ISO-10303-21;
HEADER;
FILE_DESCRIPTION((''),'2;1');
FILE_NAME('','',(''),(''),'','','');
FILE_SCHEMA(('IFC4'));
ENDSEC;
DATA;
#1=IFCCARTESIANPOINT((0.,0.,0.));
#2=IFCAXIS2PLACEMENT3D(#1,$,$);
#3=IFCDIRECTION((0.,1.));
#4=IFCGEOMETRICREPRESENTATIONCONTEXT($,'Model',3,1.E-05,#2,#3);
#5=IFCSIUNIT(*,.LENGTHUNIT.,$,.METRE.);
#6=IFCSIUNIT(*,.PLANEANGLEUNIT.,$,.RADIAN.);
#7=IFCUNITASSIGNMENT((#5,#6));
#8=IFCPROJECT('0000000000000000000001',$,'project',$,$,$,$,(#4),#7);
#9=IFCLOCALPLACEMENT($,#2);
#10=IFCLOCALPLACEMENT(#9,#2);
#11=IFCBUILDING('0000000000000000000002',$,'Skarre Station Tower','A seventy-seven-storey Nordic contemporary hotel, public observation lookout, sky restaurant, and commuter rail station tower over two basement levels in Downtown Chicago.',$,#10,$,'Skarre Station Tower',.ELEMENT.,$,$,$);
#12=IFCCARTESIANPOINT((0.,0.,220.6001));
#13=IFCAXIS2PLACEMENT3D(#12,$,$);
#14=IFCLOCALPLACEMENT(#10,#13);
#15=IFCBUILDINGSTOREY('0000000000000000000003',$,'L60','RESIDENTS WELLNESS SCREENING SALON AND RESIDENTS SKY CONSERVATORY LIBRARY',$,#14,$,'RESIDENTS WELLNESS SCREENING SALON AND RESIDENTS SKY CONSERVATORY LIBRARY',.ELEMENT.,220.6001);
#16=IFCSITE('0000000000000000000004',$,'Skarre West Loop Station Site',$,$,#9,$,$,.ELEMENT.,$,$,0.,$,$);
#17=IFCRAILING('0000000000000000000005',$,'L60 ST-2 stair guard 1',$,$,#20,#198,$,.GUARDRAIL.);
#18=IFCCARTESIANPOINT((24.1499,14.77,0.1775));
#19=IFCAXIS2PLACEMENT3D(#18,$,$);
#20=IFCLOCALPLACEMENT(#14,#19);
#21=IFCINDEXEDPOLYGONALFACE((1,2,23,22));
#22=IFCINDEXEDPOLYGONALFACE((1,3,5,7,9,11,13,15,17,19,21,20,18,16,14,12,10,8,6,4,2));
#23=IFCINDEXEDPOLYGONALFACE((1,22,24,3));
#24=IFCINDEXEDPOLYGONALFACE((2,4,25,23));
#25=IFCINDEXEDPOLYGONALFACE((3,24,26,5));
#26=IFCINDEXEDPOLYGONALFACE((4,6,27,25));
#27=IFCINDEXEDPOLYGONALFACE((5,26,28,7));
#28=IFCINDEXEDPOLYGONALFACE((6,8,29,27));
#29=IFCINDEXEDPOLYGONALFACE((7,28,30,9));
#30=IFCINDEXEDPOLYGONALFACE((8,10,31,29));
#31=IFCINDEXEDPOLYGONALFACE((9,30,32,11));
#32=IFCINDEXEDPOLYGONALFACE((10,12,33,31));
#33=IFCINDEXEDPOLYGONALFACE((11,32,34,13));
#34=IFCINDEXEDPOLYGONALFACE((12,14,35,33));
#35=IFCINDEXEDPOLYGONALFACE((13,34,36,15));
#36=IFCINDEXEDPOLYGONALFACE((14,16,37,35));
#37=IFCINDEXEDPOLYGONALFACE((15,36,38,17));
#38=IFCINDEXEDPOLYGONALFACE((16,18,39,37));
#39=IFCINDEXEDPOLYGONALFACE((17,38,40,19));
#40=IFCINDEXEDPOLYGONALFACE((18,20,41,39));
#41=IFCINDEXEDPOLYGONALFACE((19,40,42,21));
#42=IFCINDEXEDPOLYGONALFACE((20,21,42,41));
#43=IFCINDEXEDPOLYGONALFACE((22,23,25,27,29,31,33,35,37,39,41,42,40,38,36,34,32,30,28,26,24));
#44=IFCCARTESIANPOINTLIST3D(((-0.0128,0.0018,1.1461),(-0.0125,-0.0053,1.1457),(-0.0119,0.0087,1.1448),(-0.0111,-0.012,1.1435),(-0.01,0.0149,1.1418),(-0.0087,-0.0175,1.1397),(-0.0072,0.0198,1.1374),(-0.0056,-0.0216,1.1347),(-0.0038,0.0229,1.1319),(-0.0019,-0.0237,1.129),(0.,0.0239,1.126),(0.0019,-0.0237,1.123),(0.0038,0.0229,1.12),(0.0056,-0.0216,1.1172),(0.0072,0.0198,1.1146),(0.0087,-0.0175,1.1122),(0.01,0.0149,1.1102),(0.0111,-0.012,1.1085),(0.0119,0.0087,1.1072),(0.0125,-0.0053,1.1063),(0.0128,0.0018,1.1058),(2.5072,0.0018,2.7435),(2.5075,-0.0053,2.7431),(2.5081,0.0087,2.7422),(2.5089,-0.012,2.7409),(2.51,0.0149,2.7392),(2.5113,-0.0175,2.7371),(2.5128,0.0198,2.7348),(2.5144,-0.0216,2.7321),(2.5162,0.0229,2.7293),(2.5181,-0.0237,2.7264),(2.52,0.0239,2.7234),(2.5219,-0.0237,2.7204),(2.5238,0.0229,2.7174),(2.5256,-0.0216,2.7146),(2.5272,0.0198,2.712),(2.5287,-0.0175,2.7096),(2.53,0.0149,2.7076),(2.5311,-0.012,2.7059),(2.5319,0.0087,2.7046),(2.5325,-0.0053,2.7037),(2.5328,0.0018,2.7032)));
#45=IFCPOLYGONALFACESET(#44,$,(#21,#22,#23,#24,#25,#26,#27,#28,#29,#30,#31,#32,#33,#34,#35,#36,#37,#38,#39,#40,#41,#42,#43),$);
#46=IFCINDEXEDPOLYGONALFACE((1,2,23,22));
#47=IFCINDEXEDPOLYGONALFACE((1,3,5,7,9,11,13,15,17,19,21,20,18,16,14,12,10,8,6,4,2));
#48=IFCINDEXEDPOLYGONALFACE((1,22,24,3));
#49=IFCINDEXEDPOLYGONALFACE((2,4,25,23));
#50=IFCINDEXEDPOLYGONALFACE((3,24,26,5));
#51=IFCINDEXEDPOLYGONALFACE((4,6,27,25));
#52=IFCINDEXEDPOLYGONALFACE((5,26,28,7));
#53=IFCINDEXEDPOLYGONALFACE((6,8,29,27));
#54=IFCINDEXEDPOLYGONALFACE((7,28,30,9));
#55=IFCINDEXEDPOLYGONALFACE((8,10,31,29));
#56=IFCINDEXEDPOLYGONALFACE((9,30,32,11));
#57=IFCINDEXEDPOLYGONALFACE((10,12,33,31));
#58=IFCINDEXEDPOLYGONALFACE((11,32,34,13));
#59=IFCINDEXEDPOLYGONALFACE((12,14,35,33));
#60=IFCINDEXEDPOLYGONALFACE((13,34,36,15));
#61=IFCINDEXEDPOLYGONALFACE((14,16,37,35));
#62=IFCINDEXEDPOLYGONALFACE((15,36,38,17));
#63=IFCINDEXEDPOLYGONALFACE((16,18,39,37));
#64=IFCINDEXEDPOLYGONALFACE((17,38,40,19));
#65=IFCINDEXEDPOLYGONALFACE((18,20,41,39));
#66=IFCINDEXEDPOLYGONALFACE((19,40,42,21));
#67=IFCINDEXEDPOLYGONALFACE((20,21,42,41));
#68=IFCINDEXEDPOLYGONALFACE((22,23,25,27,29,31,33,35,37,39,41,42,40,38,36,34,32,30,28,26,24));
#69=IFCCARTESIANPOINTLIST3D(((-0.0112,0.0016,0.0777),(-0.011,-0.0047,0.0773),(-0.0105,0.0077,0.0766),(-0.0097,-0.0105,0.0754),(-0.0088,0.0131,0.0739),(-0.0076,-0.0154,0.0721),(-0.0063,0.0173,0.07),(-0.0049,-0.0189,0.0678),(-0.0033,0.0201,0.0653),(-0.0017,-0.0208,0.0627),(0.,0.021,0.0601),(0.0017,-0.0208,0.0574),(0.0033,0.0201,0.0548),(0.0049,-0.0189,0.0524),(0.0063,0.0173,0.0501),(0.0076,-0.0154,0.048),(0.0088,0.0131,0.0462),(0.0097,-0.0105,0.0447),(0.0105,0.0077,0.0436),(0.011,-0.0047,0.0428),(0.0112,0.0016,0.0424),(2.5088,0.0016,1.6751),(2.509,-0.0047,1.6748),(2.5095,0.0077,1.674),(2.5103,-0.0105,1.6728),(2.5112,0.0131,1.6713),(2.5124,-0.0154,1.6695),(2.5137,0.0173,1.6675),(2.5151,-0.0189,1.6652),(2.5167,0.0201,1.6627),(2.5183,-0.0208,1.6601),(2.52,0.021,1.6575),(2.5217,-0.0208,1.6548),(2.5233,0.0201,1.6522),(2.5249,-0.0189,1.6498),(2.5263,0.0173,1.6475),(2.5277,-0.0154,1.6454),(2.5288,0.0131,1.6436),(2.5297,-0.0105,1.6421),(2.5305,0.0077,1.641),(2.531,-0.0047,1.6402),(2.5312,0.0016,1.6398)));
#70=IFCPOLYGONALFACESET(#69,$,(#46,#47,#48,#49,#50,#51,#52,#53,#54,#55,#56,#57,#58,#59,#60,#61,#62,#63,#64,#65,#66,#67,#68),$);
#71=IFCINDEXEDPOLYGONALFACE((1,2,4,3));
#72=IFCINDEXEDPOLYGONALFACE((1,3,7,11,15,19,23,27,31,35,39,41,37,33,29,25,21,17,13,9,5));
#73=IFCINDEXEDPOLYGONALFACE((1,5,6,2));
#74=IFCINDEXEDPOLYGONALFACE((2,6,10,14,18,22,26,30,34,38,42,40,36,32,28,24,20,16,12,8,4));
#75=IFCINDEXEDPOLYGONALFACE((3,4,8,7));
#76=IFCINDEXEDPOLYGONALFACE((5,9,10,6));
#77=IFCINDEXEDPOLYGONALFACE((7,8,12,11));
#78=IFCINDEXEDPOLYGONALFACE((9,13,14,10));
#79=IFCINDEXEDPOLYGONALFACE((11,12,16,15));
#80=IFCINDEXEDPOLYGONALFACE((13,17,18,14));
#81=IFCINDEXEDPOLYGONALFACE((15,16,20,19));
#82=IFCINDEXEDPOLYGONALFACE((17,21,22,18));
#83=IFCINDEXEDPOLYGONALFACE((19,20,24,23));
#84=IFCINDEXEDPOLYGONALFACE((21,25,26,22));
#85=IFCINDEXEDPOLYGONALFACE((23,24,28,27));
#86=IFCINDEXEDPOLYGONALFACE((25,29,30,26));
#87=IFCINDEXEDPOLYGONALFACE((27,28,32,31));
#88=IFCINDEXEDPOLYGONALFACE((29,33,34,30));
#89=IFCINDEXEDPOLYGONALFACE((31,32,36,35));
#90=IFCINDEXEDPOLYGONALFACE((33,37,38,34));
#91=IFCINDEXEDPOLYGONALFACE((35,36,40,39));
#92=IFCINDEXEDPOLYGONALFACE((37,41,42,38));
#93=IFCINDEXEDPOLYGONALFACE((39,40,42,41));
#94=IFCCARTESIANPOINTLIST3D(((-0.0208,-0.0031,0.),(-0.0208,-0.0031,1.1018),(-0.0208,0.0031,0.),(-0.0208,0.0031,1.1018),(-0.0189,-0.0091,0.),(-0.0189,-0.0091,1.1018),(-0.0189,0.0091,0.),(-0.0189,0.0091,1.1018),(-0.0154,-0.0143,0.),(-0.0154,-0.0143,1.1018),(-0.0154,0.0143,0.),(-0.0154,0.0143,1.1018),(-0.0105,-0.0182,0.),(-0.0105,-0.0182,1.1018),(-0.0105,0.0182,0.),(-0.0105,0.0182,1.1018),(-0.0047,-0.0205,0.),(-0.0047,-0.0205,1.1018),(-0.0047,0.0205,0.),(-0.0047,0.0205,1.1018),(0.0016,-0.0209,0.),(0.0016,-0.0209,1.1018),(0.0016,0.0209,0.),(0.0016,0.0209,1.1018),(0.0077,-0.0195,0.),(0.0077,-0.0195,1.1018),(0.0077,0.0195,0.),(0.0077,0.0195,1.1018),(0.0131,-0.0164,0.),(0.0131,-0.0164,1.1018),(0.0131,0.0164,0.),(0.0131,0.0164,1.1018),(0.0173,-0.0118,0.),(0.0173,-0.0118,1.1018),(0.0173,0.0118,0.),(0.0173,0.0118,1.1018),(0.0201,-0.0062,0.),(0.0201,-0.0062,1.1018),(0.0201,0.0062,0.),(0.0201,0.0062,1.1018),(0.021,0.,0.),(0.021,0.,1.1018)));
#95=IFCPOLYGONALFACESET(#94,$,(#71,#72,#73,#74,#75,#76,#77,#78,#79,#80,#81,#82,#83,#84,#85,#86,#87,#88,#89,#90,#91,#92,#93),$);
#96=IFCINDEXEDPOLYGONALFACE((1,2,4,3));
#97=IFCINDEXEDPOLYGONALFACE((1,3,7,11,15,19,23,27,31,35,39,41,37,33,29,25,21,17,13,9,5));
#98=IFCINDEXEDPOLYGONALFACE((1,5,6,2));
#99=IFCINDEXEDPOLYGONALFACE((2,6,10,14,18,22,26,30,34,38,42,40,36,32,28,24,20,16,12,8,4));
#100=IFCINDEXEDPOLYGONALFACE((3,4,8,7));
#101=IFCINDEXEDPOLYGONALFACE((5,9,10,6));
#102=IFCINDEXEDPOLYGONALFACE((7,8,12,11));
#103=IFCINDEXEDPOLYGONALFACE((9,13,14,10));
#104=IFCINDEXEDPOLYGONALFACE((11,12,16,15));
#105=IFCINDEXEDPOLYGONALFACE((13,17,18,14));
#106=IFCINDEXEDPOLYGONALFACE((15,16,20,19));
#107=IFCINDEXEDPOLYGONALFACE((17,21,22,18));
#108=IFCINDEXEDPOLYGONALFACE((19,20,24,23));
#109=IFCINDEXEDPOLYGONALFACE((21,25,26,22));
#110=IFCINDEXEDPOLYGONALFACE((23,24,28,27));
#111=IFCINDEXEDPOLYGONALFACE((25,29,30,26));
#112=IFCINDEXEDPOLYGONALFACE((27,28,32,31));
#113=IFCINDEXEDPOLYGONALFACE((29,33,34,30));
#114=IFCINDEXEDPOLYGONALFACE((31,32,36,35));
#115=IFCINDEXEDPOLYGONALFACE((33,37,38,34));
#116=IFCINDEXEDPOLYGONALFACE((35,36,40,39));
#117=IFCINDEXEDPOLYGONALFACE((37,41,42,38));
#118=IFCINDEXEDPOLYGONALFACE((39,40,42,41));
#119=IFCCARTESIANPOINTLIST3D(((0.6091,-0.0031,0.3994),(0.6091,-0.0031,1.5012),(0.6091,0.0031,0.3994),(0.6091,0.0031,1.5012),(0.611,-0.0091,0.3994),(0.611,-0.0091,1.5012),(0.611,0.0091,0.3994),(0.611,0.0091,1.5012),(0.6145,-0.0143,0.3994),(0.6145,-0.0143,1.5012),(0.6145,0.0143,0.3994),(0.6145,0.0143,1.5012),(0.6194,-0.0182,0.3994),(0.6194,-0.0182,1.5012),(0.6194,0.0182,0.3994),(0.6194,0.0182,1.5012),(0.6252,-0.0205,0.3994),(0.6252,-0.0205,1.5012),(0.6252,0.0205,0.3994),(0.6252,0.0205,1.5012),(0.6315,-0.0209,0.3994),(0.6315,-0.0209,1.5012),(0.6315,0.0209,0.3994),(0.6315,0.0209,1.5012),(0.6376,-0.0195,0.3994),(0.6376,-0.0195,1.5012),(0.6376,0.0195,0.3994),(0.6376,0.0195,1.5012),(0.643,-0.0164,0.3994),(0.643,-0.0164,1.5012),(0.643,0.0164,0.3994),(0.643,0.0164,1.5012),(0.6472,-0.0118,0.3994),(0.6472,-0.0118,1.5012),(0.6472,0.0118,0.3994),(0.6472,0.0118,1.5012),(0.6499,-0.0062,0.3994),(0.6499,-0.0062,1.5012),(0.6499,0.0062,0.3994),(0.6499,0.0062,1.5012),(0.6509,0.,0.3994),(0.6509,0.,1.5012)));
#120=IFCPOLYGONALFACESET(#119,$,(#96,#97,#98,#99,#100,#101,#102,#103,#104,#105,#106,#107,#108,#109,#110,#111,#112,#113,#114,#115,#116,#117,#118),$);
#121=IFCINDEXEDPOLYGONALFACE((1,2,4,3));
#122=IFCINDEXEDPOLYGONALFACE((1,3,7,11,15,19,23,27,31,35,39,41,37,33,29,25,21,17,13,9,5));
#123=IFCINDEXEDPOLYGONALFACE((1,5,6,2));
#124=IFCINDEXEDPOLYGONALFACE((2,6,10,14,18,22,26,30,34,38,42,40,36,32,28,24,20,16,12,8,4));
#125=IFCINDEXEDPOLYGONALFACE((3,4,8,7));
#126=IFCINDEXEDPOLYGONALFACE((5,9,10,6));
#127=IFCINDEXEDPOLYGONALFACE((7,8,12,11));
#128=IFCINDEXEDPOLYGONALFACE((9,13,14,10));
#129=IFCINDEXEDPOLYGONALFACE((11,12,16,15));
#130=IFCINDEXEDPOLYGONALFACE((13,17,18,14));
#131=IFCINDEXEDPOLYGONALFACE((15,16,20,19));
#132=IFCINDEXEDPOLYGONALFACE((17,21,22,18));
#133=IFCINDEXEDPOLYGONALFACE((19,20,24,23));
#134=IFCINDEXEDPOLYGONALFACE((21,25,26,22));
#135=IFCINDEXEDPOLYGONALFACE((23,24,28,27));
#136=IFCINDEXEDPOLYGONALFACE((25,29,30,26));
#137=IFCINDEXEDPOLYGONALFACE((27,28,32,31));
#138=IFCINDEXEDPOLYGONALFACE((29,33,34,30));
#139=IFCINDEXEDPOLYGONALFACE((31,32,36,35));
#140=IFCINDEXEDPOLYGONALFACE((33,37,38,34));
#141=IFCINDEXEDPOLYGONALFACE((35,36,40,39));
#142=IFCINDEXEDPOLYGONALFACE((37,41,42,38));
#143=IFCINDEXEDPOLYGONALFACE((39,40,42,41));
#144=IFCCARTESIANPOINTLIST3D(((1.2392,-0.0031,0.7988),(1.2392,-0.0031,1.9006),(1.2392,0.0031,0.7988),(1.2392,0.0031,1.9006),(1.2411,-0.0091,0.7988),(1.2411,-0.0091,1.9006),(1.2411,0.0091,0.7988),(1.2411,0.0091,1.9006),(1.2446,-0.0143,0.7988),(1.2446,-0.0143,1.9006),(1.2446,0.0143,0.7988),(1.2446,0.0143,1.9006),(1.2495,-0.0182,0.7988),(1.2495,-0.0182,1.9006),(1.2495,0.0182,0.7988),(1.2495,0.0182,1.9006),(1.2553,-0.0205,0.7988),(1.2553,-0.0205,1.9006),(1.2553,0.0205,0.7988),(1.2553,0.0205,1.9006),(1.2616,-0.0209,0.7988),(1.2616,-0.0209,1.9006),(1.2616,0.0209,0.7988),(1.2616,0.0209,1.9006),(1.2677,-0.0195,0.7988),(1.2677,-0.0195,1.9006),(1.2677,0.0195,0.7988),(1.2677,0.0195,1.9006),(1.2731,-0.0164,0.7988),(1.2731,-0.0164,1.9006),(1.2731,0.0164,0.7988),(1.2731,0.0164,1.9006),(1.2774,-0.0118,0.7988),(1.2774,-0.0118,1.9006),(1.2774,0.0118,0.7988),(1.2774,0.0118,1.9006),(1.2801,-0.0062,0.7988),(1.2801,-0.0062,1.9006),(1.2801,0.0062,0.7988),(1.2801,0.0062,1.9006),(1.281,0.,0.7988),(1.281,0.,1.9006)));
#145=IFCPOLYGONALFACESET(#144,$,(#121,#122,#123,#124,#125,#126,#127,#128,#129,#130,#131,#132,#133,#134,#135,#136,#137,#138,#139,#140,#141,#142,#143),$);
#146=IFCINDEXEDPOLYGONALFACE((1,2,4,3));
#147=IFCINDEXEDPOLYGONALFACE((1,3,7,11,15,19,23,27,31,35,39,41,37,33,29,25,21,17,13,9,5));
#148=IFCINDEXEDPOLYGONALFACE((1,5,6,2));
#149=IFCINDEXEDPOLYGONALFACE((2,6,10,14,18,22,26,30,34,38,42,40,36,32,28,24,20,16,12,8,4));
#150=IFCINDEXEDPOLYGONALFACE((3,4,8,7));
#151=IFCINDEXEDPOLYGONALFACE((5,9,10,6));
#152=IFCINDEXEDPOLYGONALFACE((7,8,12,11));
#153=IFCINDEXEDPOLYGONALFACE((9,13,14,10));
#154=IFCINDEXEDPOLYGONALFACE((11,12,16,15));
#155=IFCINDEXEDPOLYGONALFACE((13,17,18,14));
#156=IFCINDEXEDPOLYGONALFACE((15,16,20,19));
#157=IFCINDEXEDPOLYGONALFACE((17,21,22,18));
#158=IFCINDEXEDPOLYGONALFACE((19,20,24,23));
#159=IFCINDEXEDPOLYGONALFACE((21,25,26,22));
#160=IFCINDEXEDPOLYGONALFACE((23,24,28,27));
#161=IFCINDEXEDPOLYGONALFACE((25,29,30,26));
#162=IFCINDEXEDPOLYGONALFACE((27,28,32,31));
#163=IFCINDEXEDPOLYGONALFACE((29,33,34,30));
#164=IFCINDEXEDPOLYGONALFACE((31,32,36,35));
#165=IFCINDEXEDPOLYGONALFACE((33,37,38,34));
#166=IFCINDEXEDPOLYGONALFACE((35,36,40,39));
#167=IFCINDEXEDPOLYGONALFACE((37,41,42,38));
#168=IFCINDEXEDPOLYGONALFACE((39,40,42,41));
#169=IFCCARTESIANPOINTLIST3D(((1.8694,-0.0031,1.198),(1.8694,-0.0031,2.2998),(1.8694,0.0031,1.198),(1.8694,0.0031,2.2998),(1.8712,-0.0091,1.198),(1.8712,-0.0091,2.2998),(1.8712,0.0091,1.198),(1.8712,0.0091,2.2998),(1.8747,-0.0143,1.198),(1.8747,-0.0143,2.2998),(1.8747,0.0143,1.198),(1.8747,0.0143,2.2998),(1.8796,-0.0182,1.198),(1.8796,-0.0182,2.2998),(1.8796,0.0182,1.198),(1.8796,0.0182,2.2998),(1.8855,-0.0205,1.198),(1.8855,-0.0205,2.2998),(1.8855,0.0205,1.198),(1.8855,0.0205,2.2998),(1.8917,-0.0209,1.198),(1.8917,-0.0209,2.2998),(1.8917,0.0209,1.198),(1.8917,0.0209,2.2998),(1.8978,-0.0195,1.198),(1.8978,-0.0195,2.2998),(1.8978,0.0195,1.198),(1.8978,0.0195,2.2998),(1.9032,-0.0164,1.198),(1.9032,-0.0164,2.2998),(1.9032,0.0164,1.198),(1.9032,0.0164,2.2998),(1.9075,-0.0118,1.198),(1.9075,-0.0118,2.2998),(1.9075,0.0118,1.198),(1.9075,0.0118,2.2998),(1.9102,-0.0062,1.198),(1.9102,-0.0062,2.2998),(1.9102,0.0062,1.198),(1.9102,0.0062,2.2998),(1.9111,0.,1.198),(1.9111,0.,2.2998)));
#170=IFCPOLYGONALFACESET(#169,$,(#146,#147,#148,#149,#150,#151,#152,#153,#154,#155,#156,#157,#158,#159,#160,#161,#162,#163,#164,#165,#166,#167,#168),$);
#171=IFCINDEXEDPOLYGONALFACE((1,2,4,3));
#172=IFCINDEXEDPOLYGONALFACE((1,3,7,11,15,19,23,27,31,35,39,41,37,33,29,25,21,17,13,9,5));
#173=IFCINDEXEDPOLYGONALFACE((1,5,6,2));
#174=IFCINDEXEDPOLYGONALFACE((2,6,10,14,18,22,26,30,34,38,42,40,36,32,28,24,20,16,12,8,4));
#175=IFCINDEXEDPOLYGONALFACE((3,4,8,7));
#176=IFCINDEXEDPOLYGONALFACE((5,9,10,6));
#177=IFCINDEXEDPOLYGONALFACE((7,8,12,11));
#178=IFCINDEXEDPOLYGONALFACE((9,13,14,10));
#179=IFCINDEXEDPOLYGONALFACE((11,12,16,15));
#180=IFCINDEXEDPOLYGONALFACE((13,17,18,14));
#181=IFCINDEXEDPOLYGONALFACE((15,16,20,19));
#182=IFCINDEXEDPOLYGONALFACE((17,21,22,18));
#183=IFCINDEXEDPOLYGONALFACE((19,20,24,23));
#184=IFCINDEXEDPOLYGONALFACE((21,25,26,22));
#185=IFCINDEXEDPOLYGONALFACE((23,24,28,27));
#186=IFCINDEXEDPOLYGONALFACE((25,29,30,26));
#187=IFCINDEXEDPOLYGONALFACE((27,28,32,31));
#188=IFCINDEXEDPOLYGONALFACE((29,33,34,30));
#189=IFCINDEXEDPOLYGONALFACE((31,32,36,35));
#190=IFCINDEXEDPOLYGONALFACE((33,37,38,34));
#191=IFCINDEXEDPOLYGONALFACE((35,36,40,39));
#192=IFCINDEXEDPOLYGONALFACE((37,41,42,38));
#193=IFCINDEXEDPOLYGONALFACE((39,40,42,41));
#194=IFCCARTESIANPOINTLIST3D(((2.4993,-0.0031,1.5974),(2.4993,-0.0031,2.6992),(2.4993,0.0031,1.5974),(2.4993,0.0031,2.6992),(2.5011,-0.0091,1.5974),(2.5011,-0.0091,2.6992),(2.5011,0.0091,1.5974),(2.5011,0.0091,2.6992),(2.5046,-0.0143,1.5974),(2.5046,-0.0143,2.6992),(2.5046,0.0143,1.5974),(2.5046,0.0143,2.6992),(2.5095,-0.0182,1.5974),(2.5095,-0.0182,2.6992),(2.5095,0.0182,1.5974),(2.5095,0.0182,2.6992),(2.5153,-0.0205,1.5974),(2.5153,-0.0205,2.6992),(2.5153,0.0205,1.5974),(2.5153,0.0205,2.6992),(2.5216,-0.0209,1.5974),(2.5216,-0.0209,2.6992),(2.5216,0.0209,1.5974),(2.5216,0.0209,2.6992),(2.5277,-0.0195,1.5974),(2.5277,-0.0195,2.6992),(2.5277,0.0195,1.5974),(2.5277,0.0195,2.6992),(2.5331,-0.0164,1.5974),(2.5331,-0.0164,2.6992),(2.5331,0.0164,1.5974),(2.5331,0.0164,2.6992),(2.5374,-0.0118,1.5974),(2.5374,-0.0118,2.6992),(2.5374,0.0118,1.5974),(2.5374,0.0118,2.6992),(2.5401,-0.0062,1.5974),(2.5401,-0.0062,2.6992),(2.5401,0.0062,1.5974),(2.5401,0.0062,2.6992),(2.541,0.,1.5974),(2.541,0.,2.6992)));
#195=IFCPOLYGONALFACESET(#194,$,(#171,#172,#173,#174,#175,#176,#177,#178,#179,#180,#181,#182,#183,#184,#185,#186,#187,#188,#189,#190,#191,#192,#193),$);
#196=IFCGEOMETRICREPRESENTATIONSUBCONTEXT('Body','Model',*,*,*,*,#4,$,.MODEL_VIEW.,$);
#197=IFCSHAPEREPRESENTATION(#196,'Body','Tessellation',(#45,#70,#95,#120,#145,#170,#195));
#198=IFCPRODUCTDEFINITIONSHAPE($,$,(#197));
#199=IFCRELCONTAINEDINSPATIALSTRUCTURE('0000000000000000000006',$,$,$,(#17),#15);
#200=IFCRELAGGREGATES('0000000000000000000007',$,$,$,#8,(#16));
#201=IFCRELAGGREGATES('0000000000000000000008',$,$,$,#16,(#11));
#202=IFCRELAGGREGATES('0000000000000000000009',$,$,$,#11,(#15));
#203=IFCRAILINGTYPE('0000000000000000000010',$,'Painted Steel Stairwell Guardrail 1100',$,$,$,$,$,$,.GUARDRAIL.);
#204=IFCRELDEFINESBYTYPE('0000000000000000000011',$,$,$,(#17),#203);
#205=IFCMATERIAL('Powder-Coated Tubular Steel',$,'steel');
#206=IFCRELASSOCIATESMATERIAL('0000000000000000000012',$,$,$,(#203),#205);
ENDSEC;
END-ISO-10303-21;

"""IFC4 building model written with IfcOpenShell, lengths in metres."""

from ifc_helpers import new_model, si_unit, direction, frame, origin, origin_2d, place, context, subcontext, project, spatial, circle, extrude, material, type_object, element, save


model = new_model("IFC4")

# Units and contexts
model_context = context("Model", 3, precision=1e-05, world=origin(), true_north=direction((0.0, 1.0)))
body_context = subcontext(model_context, "Body", "Model", "MODEL_VIEW")
ifc_project = project(units=[si_unit("LENGTHUNIT", "METRE"), si_unit("PLANEANGLEUNIT", "RADIAN")], contexts=[model_context])

# Site, building, storey
site_placement = place(None, origin())
site = spatial("IfcSite", under=ifc_project, at=site_placement, Name="Skarre West Loop Station Site", CompositionType="ELEMENT", RefElevation=0.0)
building_placement = place(site_placement, origin())
building = spatial("IfcBuilding", under=site, at=building_placement, Name="Skarre Station Tower", Description="A seventy-seven-storey Nordic contemporary hotel, public observation lookout, sky restaurant, and commuter rail station tower over two basement levels in Downtown Chicago.", LongName="Skarre Station Tower", CompositionType="ELEMENT")
storey_placement = place(building_placement, frame((0.0, 0.0, 220.6001)))
storey = spatial("IfcBuildingStorey", under=building, at=storey_placement, Name="L60", Description="RESIDENTS WELLNESS SCREENING SALON AND RESIDENTS SKY CONSERVATORY LIBRARY", LongName="RESIDENTS WELLNESS SCREENING SALON AND RESIDENTS SKY CONSERVATORY LIBRARY", CompositionType="ELEMENT", Elevation=220.6001)

# Railing
ifc_material_1 = material(Name="Powder-Coated Tubular Steel", Category="steel")
railing_type_1 = type_object("IfcRailingType", Name="Painted Steel Stairwell Guardrail 1100", PredefinedType="GUARDRAIL", material=ifc_material_1)
railing_1_placement = place(storey_placement, frame((24.1499, 14.77, 0.1775)))
element("IfcRailing", 1, at=railing_1_placement, inside=storey, type_object=railing_type_1, Name="L60 ST-2 stair guard 1", PredefinedType="GUARDRAIL", context=body_context, shape_type="SweptSolid", body=[
    extrude(circle(Radius=0.0239, at=origin_2d()), frame((0.0, 0.0, 1.126), z_axis=(0.844607, 0.0, 0.535387), x_axis=(0.0, 1.0, 0.0)), (0.0, 0.0, 1.0), 2.9836),
    extrude(circle(Radius=0.021, at=origin_2d()), frame((0.0, 0.0, 0.0601), z_axis=(0.844607, 0.0, 0.535387), x_axis=(0.0, 1.0, 0.0)), (0.0, 0.0, 1.0), 2.9836),
    extrude(circle(Radius=0.021, at=origin_2d()), origin(), (0.0, 0.0, 1.0), 1.1018),
    extrude(circle(Radius=0.021, at=origin_2d()), frame((0.6299, 0.0, 0.3994)), (0.0, 0.0, 1.0), 1.1018),
    extrude(circle(Radius=0.021, at=origin_2d()), frame((1.26, 0.0, 0.7988)), (0.0, 0.0, 1.0), 1.1018),
    extrude(circle(Radius=0.021, at=origin_2d()), frame((1.8901, 0.0, 1.198)), (0.0, 0.0, 1.0), 1.1018),
    extrude(circle(Radius=0.021, at=origin_2d()), frame((2.52, 0.0, 1.5974)), (0.0, 0.0, 1.0), 1.1018),
])

save(model, "model.ifc")
